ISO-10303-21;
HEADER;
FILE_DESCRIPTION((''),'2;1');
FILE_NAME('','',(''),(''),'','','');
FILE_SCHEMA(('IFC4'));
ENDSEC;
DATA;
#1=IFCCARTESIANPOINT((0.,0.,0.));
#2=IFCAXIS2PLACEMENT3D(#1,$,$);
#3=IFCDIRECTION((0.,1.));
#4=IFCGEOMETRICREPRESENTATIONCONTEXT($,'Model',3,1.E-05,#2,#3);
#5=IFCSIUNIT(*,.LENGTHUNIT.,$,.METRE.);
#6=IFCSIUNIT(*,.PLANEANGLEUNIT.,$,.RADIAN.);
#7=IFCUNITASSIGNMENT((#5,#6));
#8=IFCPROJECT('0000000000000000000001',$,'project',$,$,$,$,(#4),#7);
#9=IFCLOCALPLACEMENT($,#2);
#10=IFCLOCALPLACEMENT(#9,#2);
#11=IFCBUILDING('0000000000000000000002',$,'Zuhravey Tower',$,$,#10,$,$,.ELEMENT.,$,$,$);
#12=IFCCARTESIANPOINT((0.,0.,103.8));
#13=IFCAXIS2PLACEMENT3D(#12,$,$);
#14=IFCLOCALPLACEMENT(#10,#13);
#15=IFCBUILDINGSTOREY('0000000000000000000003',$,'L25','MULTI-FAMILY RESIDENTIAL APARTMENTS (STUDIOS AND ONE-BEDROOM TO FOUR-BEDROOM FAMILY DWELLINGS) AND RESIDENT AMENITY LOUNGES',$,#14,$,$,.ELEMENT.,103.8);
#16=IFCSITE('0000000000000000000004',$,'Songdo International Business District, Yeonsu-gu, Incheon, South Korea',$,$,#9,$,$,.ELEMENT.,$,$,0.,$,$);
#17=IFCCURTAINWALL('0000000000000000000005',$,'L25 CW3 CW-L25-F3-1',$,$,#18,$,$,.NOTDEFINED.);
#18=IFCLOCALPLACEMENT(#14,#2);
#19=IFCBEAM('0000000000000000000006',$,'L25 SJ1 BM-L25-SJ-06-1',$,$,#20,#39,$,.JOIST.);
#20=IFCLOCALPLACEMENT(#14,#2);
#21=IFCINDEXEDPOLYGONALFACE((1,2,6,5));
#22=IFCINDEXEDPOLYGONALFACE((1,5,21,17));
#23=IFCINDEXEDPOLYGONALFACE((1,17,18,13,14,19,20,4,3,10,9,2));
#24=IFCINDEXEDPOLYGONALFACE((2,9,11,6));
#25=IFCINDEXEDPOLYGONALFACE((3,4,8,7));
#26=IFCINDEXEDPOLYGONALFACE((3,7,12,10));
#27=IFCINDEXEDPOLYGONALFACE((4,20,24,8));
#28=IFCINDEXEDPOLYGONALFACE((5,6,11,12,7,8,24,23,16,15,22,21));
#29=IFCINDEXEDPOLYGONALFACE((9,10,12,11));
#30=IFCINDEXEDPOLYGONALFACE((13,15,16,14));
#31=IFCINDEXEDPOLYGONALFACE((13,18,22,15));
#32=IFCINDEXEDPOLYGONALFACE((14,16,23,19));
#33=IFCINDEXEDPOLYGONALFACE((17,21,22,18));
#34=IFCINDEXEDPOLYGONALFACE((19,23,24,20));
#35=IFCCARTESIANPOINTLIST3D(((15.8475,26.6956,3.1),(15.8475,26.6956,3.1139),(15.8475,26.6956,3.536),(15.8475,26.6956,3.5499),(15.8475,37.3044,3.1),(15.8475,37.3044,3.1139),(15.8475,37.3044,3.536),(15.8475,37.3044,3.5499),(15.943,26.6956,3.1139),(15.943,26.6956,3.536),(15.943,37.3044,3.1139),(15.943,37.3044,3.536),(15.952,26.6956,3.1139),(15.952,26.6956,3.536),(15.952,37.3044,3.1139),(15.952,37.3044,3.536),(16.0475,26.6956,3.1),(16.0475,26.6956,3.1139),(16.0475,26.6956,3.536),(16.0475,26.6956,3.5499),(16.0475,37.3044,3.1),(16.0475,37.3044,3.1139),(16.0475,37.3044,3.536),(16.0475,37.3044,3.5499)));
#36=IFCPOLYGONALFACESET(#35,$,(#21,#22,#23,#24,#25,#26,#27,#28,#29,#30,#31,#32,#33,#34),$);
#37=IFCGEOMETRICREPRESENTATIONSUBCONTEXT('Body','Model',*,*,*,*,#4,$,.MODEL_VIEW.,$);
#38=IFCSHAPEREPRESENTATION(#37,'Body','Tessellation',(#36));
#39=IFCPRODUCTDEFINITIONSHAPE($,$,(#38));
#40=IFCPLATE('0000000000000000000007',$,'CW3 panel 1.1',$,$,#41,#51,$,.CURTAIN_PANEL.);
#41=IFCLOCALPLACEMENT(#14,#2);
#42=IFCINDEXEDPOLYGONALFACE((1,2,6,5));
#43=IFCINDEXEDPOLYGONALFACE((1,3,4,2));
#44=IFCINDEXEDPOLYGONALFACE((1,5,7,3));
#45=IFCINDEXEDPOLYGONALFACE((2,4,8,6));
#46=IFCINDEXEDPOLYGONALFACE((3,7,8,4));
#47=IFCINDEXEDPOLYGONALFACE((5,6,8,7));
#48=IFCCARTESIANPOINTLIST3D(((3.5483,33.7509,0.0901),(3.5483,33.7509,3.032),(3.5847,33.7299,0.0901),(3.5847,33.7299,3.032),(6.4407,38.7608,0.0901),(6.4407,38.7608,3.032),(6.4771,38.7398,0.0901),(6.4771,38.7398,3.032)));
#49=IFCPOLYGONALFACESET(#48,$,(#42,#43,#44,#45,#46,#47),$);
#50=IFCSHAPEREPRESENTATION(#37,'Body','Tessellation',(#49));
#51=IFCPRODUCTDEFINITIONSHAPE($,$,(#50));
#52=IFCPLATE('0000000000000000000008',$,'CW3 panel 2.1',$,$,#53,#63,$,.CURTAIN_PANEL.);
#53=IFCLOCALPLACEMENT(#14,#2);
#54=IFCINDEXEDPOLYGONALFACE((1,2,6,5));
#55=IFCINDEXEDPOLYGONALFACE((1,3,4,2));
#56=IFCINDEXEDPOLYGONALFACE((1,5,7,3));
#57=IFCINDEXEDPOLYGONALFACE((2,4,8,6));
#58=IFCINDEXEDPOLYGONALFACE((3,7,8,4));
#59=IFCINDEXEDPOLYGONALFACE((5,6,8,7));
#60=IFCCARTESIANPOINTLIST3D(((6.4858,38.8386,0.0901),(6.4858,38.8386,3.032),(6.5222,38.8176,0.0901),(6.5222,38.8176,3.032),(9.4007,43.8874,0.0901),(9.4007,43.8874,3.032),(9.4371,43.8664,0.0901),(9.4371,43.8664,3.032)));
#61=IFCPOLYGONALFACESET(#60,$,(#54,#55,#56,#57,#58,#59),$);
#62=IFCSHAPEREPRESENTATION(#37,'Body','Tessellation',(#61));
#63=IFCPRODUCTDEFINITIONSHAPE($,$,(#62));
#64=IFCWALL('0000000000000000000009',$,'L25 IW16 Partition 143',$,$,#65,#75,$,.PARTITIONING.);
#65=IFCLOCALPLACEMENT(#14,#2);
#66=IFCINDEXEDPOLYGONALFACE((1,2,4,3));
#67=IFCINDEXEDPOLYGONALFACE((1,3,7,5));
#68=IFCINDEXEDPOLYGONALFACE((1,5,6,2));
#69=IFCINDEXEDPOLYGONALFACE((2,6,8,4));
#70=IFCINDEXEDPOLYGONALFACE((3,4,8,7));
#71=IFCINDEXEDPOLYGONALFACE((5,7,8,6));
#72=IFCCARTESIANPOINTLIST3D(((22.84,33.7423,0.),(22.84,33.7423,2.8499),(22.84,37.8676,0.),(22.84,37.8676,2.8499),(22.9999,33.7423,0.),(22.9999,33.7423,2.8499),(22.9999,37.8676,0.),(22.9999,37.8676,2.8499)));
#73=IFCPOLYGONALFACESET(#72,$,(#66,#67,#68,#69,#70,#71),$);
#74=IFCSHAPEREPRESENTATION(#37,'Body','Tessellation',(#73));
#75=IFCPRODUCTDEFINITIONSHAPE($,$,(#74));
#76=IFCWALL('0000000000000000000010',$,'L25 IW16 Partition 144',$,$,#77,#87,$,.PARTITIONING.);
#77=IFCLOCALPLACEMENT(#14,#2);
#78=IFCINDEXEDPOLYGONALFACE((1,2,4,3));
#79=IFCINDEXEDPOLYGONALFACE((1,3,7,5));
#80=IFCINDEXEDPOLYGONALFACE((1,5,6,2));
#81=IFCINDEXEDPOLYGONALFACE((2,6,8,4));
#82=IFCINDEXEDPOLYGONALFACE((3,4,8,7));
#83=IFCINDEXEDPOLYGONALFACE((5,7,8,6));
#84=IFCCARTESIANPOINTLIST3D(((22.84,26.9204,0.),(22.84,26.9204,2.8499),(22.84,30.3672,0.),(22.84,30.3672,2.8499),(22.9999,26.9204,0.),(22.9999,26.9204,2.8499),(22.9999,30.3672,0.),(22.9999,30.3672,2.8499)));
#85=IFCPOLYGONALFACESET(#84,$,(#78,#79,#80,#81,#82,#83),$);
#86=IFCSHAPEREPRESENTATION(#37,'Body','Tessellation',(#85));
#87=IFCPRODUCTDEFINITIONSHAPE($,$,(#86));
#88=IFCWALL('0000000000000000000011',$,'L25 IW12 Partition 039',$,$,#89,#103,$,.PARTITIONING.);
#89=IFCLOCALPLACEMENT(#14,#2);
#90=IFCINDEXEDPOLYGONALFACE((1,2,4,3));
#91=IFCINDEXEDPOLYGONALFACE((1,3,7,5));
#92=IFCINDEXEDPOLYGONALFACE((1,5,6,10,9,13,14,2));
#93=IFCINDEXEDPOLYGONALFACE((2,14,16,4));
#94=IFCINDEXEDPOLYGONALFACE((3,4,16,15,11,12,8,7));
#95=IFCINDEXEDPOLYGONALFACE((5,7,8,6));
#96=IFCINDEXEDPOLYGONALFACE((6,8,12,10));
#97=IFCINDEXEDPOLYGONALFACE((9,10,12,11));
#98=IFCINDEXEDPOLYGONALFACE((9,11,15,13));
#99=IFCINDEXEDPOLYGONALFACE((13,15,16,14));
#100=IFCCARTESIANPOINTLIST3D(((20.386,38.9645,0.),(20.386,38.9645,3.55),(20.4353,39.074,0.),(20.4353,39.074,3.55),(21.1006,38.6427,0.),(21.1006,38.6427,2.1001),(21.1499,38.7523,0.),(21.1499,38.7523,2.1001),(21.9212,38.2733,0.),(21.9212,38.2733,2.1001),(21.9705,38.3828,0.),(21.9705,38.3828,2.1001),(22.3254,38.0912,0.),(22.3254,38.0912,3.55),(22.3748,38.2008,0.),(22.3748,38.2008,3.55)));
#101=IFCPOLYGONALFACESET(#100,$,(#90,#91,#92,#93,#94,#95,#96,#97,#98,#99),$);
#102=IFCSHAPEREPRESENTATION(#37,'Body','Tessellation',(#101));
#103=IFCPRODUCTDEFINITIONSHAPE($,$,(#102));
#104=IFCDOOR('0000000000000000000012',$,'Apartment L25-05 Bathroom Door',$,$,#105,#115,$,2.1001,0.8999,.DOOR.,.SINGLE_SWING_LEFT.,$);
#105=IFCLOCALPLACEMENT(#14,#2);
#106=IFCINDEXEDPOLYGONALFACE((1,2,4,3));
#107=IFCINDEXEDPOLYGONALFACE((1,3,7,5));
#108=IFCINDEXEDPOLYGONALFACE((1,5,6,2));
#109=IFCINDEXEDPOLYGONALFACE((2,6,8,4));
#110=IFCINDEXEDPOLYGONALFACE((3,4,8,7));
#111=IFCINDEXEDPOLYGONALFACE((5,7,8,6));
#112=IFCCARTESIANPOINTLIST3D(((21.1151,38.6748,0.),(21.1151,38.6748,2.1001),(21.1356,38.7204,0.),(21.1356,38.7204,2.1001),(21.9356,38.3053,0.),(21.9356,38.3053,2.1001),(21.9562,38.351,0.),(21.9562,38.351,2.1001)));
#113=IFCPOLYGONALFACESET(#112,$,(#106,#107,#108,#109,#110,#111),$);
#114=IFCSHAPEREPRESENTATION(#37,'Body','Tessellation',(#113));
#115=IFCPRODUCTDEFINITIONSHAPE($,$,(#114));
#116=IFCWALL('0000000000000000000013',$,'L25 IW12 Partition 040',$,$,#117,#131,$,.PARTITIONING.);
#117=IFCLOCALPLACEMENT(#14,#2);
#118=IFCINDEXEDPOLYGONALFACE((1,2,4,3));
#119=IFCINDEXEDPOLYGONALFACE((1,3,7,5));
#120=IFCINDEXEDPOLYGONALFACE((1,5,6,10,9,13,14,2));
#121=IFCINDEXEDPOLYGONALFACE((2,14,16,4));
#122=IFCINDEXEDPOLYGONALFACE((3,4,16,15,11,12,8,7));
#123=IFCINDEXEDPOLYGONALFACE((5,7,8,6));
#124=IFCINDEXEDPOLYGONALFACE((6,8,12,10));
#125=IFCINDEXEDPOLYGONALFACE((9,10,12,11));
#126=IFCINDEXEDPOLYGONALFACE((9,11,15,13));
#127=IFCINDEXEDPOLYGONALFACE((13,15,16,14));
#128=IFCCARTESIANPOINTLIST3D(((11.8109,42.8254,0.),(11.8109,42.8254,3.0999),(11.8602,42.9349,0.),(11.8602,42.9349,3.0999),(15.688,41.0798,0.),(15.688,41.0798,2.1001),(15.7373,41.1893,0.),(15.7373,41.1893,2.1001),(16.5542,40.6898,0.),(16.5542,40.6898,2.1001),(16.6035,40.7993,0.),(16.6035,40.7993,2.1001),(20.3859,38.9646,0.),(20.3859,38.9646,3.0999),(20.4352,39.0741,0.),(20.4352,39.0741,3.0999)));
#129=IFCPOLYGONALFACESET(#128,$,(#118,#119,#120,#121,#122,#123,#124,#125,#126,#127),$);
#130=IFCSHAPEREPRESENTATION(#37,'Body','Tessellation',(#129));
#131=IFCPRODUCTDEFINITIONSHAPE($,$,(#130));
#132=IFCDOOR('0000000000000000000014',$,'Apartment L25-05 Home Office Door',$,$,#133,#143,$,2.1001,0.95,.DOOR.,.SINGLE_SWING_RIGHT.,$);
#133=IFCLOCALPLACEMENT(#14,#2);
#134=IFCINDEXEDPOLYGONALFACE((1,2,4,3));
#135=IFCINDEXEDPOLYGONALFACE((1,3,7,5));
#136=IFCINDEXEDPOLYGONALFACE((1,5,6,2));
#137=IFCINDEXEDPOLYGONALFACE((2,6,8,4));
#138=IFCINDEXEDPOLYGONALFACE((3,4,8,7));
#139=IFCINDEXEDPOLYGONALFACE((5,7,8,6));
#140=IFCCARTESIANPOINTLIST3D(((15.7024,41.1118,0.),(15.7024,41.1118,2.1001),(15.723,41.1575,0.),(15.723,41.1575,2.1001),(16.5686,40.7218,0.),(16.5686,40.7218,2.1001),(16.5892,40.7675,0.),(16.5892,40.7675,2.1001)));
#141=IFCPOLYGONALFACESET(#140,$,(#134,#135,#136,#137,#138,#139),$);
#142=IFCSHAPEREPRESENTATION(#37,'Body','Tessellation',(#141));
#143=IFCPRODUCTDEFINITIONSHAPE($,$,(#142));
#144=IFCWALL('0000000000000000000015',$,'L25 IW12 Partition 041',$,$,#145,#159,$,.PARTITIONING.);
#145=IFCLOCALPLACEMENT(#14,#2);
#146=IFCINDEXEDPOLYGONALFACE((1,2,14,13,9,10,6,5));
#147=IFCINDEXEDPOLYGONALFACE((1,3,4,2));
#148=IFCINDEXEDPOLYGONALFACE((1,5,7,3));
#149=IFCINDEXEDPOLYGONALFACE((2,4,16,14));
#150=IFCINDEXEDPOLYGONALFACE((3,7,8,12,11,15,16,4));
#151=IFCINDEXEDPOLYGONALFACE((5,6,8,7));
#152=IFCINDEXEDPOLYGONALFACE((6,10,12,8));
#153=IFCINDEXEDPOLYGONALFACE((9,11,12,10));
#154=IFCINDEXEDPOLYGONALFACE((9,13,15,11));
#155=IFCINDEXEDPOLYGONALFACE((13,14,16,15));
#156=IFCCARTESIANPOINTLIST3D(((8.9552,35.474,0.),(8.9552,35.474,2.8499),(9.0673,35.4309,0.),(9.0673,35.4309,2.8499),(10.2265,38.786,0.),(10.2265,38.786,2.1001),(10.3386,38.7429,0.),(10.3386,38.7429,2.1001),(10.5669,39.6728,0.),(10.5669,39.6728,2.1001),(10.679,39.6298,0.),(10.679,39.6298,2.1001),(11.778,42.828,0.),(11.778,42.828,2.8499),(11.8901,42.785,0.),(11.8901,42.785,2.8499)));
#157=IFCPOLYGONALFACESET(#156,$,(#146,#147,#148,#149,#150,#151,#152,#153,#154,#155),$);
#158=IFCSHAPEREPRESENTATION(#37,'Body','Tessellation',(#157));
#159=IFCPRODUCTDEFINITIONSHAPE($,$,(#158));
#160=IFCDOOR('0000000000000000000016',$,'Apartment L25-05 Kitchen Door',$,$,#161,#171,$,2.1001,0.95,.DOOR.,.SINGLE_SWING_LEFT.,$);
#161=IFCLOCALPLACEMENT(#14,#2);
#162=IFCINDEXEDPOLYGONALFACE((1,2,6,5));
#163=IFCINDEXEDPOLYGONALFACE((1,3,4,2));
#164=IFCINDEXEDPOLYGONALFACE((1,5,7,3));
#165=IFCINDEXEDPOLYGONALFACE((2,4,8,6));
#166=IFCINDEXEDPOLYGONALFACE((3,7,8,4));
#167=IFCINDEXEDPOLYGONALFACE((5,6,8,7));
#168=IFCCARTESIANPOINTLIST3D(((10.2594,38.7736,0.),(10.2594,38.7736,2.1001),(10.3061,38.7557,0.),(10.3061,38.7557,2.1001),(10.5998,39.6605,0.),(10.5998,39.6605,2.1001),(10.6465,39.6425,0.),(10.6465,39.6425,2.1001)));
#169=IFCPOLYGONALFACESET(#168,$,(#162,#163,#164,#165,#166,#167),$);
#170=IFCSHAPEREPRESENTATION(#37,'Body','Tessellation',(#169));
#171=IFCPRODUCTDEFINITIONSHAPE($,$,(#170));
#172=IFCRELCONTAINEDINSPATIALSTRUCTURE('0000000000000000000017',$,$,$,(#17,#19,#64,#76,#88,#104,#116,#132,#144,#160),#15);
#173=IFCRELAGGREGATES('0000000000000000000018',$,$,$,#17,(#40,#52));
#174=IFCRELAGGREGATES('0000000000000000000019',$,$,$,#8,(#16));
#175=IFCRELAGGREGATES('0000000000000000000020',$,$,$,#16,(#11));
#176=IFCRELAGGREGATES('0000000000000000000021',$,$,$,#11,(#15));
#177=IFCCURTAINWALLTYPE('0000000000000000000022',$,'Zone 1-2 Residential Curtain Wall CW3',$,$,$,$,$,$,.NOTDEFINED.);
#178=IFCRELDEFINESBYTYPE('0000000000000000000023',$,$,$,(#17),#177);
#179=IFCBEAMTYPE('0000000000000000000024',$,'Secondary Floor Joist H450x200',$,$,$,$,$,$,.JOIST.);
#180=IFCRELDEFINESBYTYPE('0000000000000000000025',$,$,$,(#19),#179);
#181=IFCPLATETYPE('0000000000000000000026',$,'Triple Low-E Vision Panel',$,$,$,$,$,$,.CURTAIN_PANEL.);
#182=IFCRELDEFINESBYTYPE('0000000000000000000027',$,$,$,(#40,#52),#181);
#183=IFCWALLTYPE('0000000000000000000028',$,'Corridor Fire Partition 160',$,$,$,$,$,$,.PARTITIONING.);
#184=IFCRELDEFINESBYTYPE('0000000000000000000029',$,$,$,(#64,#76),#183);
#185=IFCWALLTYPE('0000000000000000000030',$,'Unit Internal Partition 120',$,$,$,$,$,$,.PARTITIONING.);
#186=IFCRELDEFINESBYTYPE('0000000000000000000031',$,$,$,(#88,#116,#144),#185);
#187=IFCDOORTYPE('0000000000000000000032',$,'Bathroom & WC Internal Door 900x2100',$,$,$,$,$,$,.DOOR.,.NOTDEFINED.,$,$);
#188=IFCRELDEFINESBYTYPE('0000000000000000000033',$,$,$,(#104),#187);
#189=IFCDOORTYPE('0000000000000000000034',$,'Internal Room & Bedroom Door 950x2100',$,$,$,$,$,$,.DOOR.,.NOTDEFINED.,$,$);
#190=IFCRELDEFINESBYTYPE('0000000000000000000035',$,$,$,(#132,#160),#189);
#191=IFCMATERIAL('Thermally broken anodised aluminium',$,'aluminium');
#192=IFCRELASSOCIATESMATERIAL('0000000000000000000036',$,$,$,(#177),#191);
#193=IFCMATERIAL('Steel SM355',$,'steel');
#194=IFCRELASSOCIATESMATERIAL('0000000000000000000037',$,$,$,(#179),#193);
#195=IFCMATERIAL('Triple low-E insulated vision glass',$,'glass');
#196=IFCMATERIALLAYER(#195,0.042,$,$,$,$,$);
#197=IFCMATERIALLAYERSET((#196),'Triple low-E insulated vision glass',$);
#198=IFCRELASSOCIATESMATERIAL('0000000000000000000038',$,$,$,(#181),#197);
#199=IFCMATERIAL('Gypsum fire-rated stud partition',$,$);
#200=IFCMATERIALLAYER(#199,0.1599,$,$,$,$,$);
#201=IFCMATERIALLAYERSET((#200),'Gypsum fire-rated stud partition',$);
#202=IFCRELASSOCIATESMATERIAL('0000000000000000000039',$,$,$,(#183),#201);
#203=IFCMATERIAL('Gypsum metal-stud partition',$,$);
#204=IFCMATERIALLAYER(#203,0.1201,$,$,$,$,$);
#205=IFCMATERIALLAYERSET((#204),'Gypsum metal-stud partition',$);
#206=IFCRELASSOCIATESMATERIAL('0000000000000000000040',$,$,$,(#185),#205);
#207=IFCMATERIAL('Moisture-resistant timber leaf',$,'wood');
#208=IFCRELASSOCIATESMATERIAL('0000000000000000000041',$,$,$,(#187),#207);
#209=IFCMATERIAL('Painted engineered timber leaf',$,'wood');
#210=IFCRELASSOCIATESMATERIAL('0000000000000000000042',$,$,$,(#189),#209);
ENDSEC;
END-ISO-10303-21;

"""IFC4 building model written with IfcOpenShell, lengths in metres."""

from ifc_helpers import new_model, si_unit, direction, frame, frame_2d, origin, origin_2d, place, context, subcontext, project, spatial, rectangle, i_section, extrude, material, layer, layer_set, material_profile, profile_set, type_object, element, fill, aggregate, save


model = new_model("IFC4")

# Units and contexts
model_context = context("Model", 3, precision=1e-05, world=origin(), true_north=direction((0.0, 1.0)))
body_context = subcontext(model_context, "Body", "Model", "MODEL_VIEW")
ifc_project = project(units=[si_unit("LENGTHUNIT", "METRE"), si_unit("PLANEANGLEUNIT", "RADIAN")], contexts=[model_context])

# Site, building, storey
site_placement = place(None, origin())
site = spatial("IfcSite", under=ifc_project, at=site_placement, Name="Songdo International Business District, Yeonsu-gu, Incheon, South Korea", CompositionType="ELEMENT", RefElevation=0.0)
building_placement = place(site_placement, origin())
building = spatial("IfcBuilding", under=site, at=building_placement, Name="Zuhravey Tower", CompositionType="ELEMENT")
storey_placement = place(building_placement, frame((0.0, 0.0, 103.8)))
storey = spatial("IfcBuildingStorey", under=building, at=storey_placement, Name="L25", Description="MULTI-FAMILY RESIDENTIAL APARTMENTS (STUDIOS AND ONE-BEDROOM TO FOUR-BEDROOM FAMILY DWELLINGS) AND RESIDENT AMENITY LOUNGES", CompositionType="ELEMENT", Elevation=103.8)

# Shared definitions
ifc_material_1 = material(Name="Thermally broken anodised aluminium", Category="aluminium")
curtain_wall_type = type_object("IfcCurtainWallType", Name="Zone 1-2 Residential Curtain Wall CW3", PredefinedType="NOTDEFINED", material=ifc_material_1)

# Curtain wall
curtain_wall_1_placement = place(storey_placement, origin())
curtain_wall_1 = element("IfcCurtainWall", 1, at=curtain_wall_1_placement, inside=storey, type_object=curtain_wall_type, Name="L25 CW3 CW-L25-F3-1", PredefinedType="NOTDEFINED")

# Beam
ifc_material_2 = material(Name="Steel SM355", Category="steel")
ifc_material_profile_1 = material_profile(ifc_material_2, i_section(OverallWidth=0.2, OverallDepth=0.45, WebThickness=0.009, FlangeThickness=0.0139, at=origin_2d()), Name="H-450x200x9x14")
ifc_profile_set_1 = profile_set([ifc_material_profile_1], Name="Steel SM355")
beam_type_1 = type_object("IfcBeamType", Name="Secondary Floor Joist H450x200", PredefinedType="JOIST", material=ifc_profile_set_1)
beam_1_placement = place(storey_placement, frame((15.9475, 37.3044, 3.325), z_axis=(0.0, -1.0, 0.0), x_axis=(1.0, 0.0, 0.0)))
element("IfcBeam", 2, at=beam_1_placement, inside=storey, type_object=beam_type_1, Name="L25 SJ1 BM-L25-SJ-06-1", PredefinedType="JOIST", context=body_context, shape_type="SweptSolid", body=[
    extrude(i_section(OverallWidth=0.2, OverallDepth=0.45, WebThickness=0.009, FlangeThickness=0.0139, at=origin_2d()), origin(), (0.0, 0.0, 1.0), 10.6089),
])

# Plates
ifc_material_3 = material(Name="Triple low-E insulated vision glass", Category="glass")
ifc_layer_1 = layer(ifc_material_3, 0.042)
ifc_layer_set_1 = layer_set([ifc_layer_1], Name="Triple low-E insulated vision glass")
plate_type = type_object("IfcPlateType", Name="Triple Low-E Vision Panel", PredefinedType="CURTAIN_PANEL", material=ifc_layer_set_1)
plate_1_placement = place(storey_placement, frame((5.0127, 36.2454, 0.0901), z_axis=(0.0, 0.0, 1.0), x_axis=(0.5, 0.866026, 0.0)))
plate_1 = element("IfcPlate", 3, at=plate_1_placement, type_object=plate_type, Name="CW3 panel 1.1", PredefinedType="CURTAIN_PANEL", context=body_context, shape_type="SweptSolid", body=[
    extrude(rectangle(XDim=5.7849, YDim=0.042, at=origin_2d()), origin(), (0.0, 0.0, 1.0), 2.9419),
])
plate_2_placement = place(storey_placement, frame((7.9614, 41.3525, 0.0901), z_axis=(0.0, 0.0, 1.0), x_axis=(0.5, 0.866026, 0.0)))
plate_2 = element("IfcPlate", 4, at=plate_2_placement, type_object=plate_type, Name="CW3 panel 2.1", PredefinedType="CURTAIN_PANEL", context=body_context, shape_type="SweptSolid", body=[
    extrude(rectangle(XDim=5.8298, YDim=0.042, at=origin_2d()), origin(), (0.0, 0.0, 1.0), 2.9419),
])
aggregate(curtain_wall_1, [plate_1, plate_2])

# Shared definitions
ifc_material_4 = material(Name="Gypsum fire-rated stud partition")
ifc_layer_2 = layer(ifc_material_4, 0.1599)
ifc_layer_set_2 = layer_set([ifc_layer_2], Name="Gypsum fire-rated stud partition")
wall_type_1 = type_object("IfcWallType", Name="Corridor Fire Partition 160", PredefinedType="PARTITIONING", material=ifc_layer_set_2)

# Walls
wall_1_placement = place(storey_placement, frame((22.9199, 37.8674, 0.0), z_axis=(0.0, 0.0, 1.0), x_axis=(0.0, -1.0, 0.0)))
element("IfcWall", 5, at=wall_1_placement, inside=storey, type_object=wall_type_1, Name="L25 IW16 Partition 143", PredefinedType="PARTITIONING", context=body_context, shape_type="SweptSolid", body=[
    extrude(rectangle(XDim=4.1252, YDim=0.1599, at=frame_2d((2.0625, 0.0))), origin(), (0.0, 0.0, 1.0), 2.8499),
])
wall_2_placement = place(storey_placement, frame((22.9199, 30.3672, 0.0), z_axis=(0.0, 0.0, 1.0), x_axis=(0.0, -1.0, 0.0)))
element("IfcWall", 6, at=wall_2_placement, inside=storey, type_object=wall_type_1, Name="L25 IW16 Partition 144", PredefinedType="PARTITIONING", context=body_context, shape_type="SweptSolid", body=[
    extrude(rectangle(XDim=3.4468, YDim=0.1599, at=frame_2d((1.7234, 0.0))), origin(), (0.0, 0.0, 1.0), 2.8499),
])

# Walls, openings, doors
ifc_material_5 = material(Name="Gypsum metal-stud partition")
ifc_layer_3 = layer(ifc_material_5, 0.1201)
ifc_layer_set_3 = layer_set([ifc_layer_3], Name="Gypsum metal-stud partition")
wall_type_2 = type_object("IfcWallType", Name="Unit Internal Partition 120", PredefinedType="PARTITIONING", material=ifc_layer_set_3)
wall_3_placement = place(storey_placement, frame((22.3501, 38.146, 0.0), z_axis=(0.0, 0.0, 1.0), x_axis=(-0.911827, 0.410575, 0.0)))
wall_3 = element("IfcWall", 7, at=wall_3_placement, inside=storey, type_object=wall_type_2, Name="L25 IW12 Partition 039", PredefinedType="PARTITIONING", context=body_context, shape_type="SweptSolid", body=[
    extrude(rectangle(XDim=2.127, YDim=0.1201, at=frame_2d((1.0635, 0.0))), origin(), (0.0, 0.0, 1.0), 3.55),
])
opening_1_placement = place(wall_3_placement, frame((0.4434, 0.0, 0.0)))
opening_1 = element("IfcOpeningElement", 8, at=opening_1_placement, cuts=wall_3, PredefinedType="OPENING", context=body_context, shape_type="SweptSolid", body=[
    extrude(rectangle(XDim=0.8999, YDim=2.1001, at=frame_2d((0.45, 1.05))), frame((0.0, 0.072, 0.0), z_axis=(0.0, -1.0, 0.0), x_axis=(1.0, 0.0, 0.0)), (0.0, 0.0, 1.0), 0.144),
])
ifc_material_6 = material(Name="Moisture-resistant timber leaf", Category="wood")
door_type_1 = type_object("IfcDoorType", Name="Bathroom & WC Internal Door 900x2100", OperationType="NOTDEFINED", PredefinedType="DOOR", material=ifc_material_6)
door_1_placement = place(opening_1_placement, origin())
door_1 = element("IfcDoor", 9, at=door_1_placement, inside=storey, type_object=door_type_1, Name="Apartment L25-05 Bathroom Door", OperationType="SINGLE_SWING_LEFT", OverallHeight=2.1001, OverallWidth=0.8999, PredefinedType="DOOR", context=body_context, shape_type="SweptSolid", body=[
    extrude(rectangle(XDim=0.8999, YDim=2.1001, at=frame_2d((0.45, 1.05))), frame((0.0, 0.0249, 0.0), z_axis=(0.0, -1.0, 0.0), x_axis=(1.0, 0.0, 0.0)), (0.0, 0.0, 1.0), 0.05),
])
fill(opening_1, door_1)
wall_4_placement = place(storey_placement, frame((20.4106, 39.0193, 0.0), z_axis=(0.0, 0.0, 1.0), x_axis=(-0.911837, 0.410551, 0.0)))
wall_4 = element("IfcWall", 10, at=wall_4_placement, inside=storey, type_object=wall_type_2, Name="L25 IW12 Partition 040", PredefinedType="PARTITIONING", context=body_context, shape_type="SweptSolid", body=[
    extrude(rectangle(XDim=9.4041, YDim=0.1201, at=frame_2d((4.7021, 0.0))), origin(), (0.0, 0.0, 1.0), 3.0999),
])
opening_2_placement = place(wall_4_placement, frame((4.2021, 0.0, 0.0)))
opening_2 = element("IfcOpeningElement", 11, at=opening_2_placement, cuts=wall_4, PredefinedType="OPENING", context=body_context, shape_type="SweptSolid", body=[
    extrude(rectangle(XDim=0.95, YDim=2.1001, at=frame_2d((0.4751, 1.05))), frame((0.0, 0.072, 0.0), z_axis=(0.0, -1.0, 0.0), x_axis=(1.0, 0.0, 0.0)), (0.0, 0.0, 1.0), 0.144),
])
ifc_material_7 = material(Name="Painted engineered timber leaf", Category="wood")
door_type_2 = type_object("IfcDoorType", Name="Internal Room & Bedroom Door 950x2100", OperationType="NOTDEFINED", PredefinedType="DOOR", material=ifc_material_7)
door_2_placement = place(opening_2_placement, origin())
door_2 = element("IfcDoor", 12, at=door_2_placement, inside=storey, type_object=door_type_2, Name="Apartment L25-05 Home Office Door", OperationType="SINGLE_SWING_RIGHT", OverallHeight=2.1001, OverallWidth=0.95, PredefinedType="DOOR", context=body_context, shape_type="SweptSolid", body=[
    extrude(rectangle(XDim=0.95, YDim=2.1001, at=frame_2d((0.4751, 1.05))), frame((0.0, 0.0249, 0.0), z_axis=(0.0, -1.0, 0.0), x_axis=(1.0, 0.0, 0.0)), (0.0, 0.0, 1.0), 0.05),
])
fill(opening_2, door_2)
wall_5_placement = place(storey_placement, frame((11.834, 42.8064, 0.0), z_axis=(0.0, 0.0, 1.0), x_axis=(-0.358348, -0.933588, 0.0)))
wall_5 = element("IfcWall", 13, at=wall_5_placement, inside=storey, type_object=wall_type_2, Name="L25 IW12 Partition 041", PredefinedType="PARTITIONING", context=body_context, shape_type="SweptSolid", body=[
    extrude(rectangle(XDim=7.8772, YDim=0.1201, at=frame_2d((3.9385, 0.0))), origin(), (0.0, 0.0, 1.0), 2.8499),
])
opening_3_placement = place(wall_5_placement, frame((3.3794, 0.0, 0.0)))
opening_3 = element("IfcOpeningElement", 14, at=opening_3_placement, cuts=wall_5, PredefinedType="OPENING", context=body_context, shape_type="SweptSolid", body=[
    extrude(rectangle(XDim=0.95, YDim=2.1001, at=frame_2d((0.4751, 1.05))), frame((0.0, 0.072, 0.0), z_axis=(0.0, -1.0, 0.0), x_axis=(1.0, 0.0, 0.0)), (0.0, 0.0, 1.0), 0.144),
])
door_3_placement = place(opening_3_placement, frame((0.95, 0.0, 0.0), z_axis=(0.0, 0.0, 1.0), x_axis=(-1.0, 0.0, 0.0)))
door_3 = element("IfcDoor", 15, at=door_3_placement, inside=storey, type_object=door_type_2, Name="Apartment L25-05 Kitchen Door", OperationType="SINGLE_SWING_LEFT", OverallHeight=2.1001, OverallWidth=0.95, PredefinedType="DOOR", context=body_context, shape_type="SweptSolid", body=[
    extrude(rectangle(XDim=0.95, YDim=2.1001, at=frame_2d((0.4751, 1.05))), frame((0.0, 0.0249, 0.0), z_axis=(0.0, -1.0, 0.0), x_axis=(1.0, 0.0, 0.0)), (0.0, 0.0, 1.0), 0.05),
])
fill(opening_3, door_3)

save(model, "model.ifc")
